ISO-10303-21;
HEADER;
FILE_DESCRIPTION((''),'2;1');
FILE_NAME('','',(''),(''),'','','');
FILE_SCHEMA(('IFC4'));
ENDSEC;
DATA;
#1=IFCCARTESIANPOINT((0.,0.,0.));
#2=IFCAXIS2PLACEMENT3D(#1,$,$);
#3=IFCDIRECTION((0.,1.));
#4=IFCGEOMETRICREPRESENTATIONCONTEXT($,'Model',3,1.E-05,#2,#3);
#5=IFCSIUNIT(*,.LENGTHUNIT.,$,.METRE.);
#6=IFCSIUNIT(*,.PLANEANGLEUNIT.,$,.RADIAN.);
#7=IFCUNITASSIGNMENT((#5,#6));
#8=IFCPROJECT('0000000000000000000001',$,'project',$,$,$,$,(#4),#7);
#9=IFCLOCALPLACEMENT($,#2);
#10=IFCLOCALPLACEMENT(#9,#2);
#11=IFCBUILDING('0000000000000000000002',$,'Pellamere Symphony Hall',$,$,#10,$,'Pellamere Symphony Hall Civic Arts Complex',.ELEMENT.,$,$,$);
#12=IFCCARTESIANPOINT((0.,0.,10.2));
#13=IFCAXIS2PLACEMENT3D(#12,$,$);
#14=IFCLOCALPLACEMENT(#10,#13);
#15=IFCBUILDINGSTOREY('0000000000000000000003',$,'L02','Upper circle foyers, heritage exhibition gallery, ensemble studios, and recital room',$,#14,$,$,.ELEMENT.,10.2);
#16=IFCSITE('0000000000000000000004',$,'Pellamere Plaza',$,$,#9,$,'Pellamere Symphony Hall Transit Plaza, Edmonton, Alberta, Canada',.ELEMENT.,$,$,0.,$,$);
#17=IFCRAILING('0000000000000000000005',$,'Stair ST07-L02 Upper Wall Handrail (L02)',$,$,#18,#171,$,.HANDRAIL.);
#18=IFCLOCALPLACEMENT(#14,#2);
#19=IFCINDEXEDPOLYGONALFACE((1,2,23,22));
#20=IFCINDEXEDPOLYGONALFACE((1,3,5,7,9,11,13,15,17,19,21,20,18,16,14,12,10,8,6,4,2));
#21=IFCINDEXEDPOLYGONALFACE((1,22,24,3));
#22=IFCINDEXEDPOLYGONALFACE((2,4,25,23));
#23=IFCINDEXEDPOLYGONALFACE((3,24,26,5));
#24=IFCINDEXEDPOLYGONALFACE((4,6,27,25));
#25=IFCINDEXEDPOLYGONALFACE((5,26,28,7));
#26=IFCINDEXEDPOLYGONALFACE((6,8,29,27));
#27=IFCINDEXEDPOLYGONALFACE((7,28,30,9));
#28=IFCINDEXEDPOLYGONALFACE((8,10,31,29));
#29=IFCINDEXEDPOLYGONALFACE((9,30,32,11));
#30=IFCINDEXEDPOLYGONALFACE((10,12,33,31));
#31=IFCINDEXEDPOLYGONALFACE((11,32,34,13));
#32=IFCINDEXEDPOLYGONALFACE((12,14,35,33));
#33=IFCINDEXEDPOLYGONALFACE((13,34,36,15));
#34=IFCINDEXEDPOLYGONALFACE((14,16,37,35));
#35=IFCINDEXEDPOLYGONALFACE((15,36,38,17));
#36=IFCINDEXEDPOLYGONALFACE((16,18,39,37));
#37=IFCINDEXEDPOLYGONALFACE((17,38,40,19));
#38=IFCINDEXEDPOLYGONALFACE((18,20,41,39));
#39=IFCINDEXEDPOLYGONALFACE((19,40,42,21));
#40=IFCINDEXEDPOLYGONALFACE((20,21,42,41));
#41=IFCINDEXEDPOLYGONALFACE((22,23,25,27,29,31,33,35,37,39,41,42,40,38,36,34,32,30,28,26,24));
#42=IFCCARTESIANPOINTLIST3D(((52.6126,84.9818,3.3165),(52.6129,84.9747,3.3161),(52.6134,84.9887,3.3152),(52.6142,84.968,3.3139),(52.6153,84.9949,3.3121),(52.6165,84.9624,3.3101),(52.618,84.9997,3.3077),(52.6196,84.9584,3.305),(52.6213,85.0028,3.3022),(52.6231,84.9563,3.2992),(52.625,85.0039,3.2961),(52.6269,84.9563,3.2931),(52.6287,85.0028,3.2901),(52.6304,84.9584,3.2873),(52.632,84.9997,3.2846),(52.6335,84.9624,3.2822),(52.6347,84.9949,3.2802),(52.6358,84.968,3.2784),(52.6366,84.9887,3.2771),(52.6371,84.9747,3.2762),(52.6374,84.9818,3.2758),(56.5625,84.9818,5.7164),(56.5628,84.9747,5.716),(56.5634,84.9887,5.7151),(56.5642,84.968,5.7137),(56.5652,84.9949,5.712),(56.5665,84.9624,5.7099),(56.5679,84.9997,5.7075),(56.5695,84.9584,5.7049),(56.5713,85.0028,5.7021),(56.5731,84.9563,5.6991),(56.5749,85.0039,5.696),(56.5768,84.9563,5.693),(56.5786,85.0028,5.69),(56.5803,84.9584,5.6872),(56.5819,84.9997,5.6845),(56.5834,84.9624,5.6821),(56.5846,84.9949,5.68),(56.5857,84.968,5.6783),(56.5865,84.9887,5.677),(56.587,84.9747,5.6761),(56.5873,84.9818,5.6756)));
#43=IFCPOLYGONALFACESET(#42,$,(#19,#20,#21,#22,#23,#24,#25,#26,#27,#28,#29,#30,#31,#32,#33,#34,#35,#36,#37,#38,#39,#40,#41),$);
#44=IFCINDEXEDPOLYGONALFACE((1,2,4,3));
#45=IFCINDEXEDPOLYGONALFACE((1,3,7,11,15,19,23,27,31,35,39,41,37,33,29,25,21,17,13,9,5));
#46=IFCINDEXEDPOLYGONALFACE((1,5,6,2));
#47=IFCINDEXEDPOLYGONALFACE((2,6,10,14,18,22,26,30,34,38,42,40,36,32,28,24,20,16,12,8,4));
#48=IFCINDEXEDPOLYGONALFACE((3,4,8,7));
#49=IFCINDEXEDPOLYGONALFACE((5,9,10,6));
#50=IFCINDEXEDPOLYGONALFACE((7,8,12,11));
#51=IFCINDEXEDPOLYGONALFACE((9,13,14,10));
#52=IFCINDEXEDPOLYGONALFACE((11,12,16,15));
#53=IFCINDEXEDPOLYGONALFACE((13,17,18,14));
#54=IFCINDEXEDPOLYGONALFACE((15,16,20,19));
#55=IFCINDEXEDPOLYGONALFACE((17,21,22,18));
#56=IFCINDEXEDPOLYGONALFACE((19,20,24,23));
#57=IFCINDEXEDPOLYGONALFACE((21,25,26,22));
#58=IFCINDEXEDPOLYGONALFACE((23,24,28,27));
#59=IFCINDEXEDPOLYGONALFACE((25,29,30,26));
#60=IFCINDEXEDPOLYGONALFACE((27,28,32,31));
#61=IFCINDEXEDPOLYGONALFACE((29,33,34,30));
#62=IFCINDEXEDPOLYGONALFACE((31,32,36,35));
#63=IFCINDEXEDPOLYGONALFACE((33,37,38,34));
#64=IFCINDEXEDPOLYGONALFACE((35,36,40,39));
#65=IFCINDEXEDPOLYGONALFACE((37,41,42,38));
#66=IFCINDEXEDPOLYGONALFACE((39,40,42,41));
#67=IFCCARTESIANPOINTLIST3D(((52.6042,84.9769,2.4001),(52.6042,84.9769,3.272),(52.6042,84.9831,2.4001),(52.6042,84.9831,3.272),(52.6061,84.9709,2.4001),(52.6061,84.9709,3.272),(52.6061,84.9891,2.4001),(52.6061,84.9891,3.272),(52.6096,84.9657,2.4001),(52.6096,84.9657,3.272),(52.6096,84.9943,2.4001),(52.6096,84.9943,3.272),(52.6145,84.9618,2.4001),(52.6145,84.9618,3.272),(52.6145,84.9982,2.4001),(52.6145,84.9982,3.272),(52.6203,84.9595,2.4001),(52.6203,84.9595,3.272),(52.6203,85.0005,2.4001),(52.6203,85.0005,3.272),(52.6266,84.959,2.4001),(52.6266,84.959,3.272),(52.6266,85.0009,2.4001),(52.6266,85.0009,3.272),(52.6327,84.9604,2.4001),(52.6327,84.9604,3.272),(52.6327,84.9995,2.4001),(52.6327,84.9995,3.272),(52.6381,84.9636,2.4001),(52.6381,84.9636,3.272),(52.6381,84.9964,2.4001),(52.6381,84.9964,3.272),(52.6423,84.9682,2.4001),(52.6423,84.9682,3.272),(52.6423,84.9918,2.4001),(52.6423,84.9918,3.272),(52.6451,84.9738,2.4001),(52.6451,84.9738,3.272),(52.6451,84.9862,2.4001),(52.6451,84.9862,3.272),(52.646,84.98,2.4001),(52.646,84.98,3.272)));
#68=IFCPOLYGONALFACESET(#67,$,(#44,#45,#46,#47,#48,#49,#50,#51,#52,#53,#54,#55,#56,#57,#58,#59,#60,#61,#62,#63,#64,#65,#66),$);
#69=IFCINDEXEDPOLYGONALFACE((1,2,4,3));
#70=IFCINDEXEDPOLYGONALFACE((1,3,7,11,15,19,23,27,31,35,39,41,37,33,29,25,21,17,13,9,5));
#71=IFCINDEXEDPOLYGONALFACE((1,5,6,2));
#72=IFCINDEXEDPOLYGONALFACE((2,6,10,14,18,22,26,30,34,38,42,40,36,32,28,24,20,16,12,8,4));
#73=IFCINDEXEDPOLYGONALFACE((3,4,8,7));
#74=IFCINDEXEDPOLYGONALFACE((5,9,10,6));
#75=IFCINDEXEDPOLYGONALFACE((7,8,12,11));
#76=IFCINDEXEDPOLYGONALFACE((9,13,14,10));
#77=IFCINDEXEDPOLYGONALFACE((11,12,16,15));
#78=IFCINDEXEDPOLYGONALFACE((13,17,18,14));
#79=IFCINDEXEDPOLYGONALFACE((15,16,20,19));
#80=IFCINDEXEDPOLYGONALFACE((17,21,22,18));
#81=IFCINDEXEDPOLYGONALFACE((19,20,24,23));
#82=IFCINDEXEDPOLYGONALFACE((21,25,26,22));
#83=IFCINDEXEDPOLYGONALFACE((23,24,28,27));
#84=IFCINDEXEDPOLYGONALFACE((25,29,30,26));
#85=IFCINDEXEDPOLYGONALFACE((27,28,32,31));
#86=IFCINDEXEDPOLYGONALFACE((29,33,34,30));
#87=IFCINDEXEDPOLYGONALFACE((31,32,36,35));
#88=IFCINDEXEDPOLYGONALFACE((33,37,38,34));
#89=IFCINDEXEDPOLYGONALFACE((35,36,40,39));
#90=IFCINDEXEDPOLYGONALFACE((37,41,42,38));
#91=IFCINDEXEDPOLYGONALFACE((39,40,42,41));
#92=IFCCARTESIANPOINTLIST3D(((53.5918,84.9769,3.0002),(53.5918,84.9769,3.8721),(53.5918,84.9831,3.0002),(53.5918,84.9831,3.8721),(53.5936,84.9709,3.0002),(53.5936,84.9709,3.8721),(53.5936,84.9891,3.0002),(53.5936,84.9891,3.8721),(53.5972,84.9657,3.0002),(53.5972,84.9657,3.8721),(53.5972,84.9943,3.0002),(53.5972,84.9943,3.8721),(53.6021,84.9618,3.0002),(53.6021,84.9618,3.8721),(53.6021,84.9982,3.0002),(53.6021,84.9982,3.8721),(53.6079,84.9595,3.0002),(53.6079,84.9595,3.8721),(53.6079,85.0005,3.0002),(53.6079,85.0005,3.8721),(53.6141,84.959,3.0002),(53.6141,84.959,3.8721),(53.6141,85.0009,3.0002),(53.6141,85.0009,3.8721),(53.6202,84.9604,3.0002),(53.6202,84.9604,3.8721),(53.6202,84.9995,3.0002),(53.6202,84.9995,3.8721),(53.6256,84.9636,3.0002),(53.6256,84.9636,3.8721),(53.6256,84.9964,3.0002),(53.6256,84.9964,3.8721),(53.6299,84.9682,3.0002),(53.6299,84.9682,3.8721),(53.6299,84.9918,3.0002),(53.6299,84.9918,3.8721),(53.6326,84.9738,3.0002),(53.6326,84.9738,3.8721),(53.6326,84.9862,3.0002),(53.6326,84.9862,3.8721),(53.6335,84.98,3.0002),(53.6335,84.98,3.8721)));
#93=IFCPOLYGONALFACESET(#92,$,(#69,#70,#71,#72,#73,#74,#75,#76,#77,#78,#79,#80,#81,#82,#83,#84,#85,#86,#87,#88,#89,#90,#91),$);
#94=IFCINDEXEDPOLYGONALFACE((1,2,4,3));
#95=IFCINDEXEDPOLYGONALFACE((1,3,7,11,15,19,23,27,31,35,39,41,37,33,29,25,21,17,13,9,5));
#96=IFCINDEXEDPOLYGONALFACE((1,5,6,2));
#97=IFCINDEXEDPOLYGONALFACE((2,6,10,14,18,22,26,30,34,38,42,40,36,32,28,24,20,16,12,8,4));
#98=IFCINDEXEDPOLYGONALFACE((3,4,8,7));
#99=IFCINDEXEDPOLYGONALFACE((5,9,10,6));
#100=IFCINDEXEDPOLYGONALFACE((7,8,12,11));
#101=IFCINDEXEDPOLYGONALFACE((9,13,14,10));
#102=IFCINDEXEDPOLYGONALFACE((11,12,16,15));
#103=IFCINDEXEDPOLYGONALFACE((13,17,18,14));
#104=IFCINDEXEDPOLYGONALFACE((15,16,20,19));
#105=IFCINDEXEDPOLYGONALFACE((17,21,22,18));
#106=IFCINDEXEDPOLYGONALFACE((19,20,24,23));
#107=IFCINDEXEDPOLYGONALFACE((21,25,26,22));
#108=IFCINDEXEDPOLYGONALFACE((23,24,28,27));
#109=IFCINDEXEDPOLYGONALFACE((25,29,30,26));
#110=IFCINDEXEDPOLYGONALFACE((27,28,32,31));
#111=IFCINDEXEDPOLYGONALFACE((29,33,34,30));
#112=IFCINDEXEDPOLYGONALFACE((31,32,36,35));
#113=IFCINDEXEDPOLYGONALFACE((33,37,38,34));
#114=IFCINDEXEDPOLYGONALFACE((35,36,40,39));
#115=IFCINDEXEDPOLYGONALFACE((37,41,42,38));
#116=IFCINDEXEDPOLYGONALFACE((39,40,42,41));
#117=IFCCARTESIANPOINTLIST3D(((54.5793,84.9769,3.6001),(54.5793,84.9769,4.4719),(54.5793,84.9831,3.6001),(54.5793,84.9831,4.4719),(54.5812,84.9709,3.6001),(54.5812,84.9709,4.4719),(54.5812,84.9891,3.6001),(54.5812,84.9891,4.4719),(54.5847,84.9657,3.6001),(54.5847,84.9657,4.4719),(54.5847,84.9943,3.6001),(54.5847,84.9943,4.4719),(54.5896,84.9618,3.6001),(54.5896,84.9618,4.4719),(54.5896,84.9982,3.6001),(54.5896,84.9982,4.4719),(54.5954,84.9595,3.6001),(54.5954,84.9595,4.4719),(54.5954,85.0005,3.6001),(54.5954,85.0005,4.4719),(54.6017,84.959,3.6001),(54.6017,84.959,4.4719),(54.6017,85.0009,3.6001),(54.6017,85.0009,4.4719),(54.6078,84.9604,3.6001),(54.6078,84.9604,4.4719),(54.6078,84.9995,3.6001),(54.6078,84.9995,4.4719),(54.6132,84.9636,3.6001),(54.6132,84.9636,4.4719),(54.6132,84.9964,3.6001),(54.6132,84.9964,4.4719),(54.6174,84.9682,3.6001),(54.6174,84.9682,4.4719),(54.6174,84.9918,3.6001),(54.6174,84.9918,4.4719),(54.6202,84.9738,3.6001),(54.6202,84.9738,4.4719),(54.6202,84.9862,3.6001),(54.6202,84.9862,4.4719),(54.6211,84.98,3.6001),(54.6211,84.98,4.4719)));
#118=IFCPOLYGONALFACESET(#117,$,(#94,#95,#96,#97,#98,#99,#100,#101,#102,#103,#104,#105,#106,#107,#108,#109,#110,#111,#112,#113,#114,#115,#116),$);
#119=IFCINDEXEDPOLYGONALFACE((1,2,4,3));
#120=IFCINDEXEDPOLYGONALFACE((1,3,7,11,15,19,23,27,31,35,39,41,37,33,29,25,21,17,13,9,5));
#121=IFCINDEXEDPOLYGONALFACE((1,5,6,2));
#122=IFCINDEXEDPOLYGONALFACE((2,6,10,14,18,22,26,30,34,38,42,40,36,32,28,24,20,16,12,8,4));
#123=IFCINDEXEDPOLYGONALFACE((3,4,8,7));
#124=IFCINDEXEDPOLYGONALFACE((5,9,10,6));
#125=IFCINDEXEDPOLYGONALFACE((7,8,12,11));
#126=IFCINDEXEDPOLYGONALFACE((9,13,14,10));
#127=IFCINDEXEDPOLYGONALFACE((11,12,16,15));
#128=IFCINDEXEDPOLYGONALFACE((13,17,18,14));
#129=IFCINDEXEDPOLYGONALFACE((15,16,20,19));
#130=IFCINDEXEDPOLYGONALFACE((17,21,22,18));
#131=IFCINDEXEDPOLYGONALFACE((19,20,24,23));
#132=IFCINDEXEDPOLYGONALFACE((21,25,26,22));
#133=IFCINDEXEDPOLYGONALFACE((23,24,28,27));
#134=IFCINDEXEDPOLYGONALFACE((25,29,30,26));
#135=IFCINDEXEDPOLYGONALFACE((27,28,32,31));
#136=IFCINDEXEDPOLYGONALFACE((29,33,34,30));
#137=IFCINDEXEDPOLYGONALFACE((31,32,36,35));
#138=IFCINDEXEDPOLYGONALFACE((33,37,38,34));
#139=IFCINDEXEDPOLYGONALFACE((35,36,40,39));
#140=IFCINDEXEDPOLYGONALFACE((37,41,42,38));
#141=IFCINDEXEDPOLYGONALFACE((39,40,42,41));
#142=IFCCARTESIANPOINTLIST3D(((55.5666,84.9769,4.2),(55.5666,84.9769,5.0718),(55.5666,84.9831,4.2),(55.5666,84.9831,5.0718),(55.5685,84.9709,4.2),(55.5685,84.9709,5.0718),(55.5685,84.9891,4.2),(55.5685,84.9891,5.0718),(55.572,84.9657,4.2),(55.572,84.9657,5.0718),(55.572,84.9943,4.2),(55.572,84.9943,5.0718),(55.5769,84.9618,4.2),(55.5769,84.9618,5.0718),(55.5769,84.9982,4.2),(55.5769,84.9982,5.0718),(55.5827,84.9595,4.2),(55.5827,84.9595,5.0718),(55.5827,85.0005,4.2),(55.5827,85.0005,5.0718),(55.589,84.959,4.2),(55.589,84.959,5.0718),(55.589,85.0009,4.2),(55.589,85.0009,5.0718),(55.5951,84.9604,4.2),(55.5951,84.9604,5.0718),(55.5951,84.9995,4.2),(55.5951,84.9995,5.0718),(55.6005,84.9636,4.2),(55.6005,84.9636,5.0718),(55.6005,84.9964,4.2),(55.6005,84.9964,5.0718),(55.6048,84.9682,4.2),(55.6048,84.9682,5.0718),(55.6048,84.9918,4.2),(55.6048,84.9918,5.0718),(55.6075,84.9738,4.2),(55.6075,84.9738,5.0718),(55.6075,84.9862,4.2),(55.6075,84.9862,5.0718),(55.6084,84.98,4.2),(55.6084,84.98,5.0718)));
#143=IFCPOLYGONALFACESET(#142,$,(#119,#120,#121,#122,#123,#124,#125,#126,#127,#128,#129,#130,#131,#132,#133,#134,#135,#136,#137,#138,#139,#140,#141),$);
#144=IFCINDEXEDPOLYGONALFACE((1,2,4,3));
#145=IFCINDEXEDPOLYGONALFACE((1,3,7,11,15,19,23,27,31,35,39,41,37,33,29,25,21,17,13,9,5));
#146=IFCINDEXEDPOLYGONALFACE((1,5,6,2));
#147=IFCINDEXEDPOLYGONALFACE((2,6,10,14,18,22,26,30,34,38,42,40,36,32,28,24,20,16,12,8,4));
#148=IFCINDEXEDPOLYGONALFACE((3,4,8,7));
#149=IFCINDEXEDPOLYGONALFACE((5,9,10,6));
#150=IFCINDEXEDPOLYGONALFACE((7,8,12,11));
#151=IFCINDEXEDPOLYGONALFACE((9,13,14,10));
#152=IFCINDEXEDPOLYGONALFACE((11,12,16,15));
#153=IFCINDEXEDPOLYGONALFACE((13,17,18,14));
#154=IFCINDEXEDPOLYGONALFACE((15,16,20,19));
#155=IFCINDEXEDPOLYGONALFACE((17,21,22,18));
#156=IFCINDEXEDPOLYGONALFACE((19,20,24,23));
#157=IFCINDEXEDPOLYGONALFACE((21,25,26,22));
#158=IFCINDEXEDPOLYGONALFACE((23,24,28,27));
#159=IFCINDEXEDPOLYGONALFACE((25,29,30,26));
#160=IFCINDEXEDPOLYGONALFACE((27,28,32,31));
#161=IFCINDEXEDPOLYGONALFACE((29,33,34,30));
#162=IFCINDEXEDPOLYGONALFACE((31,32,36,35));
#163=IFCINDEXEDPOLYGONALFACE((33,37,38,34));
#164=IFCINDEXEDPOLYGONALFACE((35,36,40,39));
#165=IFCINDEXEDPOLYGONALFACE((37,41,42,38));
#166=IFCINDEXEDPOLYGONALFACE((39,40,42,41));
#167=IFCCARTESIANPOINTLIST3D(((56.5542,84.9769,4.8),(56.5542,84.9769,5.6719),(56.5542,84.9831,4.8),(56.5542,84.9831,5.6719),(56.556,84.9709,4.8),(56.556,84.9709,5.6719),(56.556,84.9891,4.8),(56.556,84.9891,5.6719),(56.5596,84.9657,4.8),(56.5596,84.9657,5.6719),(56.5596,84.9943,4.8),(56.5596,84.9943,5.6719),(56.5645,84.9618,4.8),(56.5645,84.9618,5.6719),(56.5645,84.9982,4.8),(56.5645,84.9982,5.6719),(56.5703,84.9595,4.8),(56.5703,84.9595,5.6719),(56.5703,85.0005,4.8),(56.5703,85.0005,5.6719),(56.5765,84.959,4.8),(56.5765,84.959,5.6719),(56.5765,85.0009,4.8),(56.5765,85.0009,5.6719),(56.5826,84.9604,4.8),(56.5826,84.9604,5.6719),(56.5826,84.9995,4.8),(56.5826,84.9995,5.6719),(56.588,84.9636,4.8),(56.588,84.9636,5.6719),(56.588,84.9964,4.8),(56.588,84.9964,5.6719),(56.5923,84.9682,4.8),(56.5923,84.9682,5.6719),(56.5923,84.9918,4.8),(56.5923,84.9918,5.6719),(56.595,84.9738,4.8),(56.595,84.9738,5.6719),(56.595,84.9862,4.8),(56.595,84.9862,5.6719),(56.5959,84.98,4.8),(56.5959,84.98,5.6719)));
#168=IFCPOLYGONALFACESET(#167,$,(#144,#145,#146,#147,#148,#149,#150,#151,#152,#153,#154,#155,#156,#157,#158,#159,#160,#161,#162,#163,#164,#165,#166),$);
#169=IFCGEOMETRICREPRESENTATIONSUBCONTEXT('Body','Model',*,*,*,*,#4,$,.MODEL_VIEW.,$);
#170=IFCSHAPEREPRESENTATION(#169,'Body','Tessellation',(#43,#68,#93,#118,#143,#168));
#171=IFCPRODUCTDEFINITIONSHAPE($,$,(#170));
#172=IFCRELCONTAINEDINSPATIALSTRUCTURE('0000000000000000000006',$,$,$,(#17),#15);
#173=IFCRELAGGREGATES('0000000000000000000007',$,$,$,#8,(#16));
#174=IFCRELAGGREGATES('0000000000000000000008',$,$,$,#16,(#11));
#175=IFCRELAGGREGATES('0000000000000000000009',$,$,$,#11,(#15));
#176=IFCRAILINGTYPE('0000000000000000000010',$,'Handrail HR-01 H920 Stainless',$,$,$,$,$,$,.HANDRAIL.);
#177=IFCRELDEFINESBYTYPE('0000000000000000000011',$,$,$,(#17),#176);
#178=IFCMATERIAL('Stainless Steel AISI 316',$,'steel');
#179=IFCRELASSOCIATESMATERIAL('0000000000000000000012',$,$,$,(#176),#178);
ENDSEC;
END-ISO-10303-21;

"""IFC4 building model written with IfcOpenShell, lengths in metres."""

from ifc_helpers import new_model, si_unit, direction, frame, origin, origin_2d, place, context, subcontext, project, spatial, circle, extrude, material, type_object, element, save


model = new_model("IFC4")

# Units and contexts
model_context = context("Model", 3, precision=1e-05, world=origin(), true_north=direction((0.0, 1.0)))
body_context = subcontext(model_context, "Body", "Model", "MODEL_VIEW")
ifc_project = project(units=[si_unit("LENGTHUNIT", "METRE"), si_unit("PLANEANGLEUNIT", "RADIAN")], contexts=[model_context])

# Site, building, storey
site_placement = place(None, origin())
site = spatial("IfcSite", under=ifc_project, at=site_placement, Name="Pellamere Plaza", LongName="Pellamere Symphony Hall Transit Plaza, Edmonton, Alberta, Canada", CompositionType="ELEMENT", RefElevation=0.0)
building_placement = place(site_placement, origin())
building = spatial("IfcBuilding", under=site, at=building_placement, Name="Pellamere Symphony Hall", LongName="Pellamere Symphony Hall Civic Arts Complex", CompositionType="ELEMENT")
storey_placement = place(building_placement, frame((0.0, 0.0, 10.2)))
storey = spatial("IfcBuildingStorey", under=building, at=storey_placement, Name="L02", Description="Upper circle foyers, heritage exhibition gallery, ensemble studios, and recital room", CompositionType="ELEMENT", Elevation=10.2)

# Railing
ifc_material_1 = material(Name="Stainless Steel AISI 316", Category="steel")
railing_type = type_object("IfcRailingType", Name="Handrail HR-01 H920 Stainless", PredefinedType="HANDRAIL", material=ifc_material_1)
railing_placement = place(storey_placement, frame((52.625, 84.98, 2.4001)))
element("IfcRailing", 1, at=railing_placement, inside=storey, type_object=railing_type, Name="Stair ST07-L02 Upper Wall Handrail (L02)", PredefinedType="HANDRAIL", context=body_context, shape_type="SweptSolid", body=[
    extrude(circle(Radius=0.0239, at=origin_2d()), frame((0.0, 0.0, 0.896), z_axis=(0.854623, 0.0, 0.51925), x_axis=(0.0, 1.0, 0.0)), (0.0, 0.0, 1.0), 4.6218),
    extrude(circle(Radius=0.021, at=origin_2d()), origin(), (0.0, 0.0, 1.0), 0.8718),
    extrude(circle(Radius=0.021, at=origin_2d()), frame((0.9875, 0.0, 0.6001)), (0.0, 0.0, 1.0), 0.8718),
    extrude(circle(Radius=0.021, at=origin_2d()), frame((1.9751, 0.0, 1.2)), (0.0, 0.0, 1.0), 0.8718),
    extrude(circle(Radius=0.021, at=origin_2d()), frame((2.9624, 0.0, 1.7998)), (0.0, 0.0, 1.0), 0.8718),
    extrude(circle(Radius=0.021, at=origin_2d()), frame((3.95, 0.0, 2.3999)), (0.0, 0.0, 1.0), 0.8718),
])

save(model, "model.ifc")
